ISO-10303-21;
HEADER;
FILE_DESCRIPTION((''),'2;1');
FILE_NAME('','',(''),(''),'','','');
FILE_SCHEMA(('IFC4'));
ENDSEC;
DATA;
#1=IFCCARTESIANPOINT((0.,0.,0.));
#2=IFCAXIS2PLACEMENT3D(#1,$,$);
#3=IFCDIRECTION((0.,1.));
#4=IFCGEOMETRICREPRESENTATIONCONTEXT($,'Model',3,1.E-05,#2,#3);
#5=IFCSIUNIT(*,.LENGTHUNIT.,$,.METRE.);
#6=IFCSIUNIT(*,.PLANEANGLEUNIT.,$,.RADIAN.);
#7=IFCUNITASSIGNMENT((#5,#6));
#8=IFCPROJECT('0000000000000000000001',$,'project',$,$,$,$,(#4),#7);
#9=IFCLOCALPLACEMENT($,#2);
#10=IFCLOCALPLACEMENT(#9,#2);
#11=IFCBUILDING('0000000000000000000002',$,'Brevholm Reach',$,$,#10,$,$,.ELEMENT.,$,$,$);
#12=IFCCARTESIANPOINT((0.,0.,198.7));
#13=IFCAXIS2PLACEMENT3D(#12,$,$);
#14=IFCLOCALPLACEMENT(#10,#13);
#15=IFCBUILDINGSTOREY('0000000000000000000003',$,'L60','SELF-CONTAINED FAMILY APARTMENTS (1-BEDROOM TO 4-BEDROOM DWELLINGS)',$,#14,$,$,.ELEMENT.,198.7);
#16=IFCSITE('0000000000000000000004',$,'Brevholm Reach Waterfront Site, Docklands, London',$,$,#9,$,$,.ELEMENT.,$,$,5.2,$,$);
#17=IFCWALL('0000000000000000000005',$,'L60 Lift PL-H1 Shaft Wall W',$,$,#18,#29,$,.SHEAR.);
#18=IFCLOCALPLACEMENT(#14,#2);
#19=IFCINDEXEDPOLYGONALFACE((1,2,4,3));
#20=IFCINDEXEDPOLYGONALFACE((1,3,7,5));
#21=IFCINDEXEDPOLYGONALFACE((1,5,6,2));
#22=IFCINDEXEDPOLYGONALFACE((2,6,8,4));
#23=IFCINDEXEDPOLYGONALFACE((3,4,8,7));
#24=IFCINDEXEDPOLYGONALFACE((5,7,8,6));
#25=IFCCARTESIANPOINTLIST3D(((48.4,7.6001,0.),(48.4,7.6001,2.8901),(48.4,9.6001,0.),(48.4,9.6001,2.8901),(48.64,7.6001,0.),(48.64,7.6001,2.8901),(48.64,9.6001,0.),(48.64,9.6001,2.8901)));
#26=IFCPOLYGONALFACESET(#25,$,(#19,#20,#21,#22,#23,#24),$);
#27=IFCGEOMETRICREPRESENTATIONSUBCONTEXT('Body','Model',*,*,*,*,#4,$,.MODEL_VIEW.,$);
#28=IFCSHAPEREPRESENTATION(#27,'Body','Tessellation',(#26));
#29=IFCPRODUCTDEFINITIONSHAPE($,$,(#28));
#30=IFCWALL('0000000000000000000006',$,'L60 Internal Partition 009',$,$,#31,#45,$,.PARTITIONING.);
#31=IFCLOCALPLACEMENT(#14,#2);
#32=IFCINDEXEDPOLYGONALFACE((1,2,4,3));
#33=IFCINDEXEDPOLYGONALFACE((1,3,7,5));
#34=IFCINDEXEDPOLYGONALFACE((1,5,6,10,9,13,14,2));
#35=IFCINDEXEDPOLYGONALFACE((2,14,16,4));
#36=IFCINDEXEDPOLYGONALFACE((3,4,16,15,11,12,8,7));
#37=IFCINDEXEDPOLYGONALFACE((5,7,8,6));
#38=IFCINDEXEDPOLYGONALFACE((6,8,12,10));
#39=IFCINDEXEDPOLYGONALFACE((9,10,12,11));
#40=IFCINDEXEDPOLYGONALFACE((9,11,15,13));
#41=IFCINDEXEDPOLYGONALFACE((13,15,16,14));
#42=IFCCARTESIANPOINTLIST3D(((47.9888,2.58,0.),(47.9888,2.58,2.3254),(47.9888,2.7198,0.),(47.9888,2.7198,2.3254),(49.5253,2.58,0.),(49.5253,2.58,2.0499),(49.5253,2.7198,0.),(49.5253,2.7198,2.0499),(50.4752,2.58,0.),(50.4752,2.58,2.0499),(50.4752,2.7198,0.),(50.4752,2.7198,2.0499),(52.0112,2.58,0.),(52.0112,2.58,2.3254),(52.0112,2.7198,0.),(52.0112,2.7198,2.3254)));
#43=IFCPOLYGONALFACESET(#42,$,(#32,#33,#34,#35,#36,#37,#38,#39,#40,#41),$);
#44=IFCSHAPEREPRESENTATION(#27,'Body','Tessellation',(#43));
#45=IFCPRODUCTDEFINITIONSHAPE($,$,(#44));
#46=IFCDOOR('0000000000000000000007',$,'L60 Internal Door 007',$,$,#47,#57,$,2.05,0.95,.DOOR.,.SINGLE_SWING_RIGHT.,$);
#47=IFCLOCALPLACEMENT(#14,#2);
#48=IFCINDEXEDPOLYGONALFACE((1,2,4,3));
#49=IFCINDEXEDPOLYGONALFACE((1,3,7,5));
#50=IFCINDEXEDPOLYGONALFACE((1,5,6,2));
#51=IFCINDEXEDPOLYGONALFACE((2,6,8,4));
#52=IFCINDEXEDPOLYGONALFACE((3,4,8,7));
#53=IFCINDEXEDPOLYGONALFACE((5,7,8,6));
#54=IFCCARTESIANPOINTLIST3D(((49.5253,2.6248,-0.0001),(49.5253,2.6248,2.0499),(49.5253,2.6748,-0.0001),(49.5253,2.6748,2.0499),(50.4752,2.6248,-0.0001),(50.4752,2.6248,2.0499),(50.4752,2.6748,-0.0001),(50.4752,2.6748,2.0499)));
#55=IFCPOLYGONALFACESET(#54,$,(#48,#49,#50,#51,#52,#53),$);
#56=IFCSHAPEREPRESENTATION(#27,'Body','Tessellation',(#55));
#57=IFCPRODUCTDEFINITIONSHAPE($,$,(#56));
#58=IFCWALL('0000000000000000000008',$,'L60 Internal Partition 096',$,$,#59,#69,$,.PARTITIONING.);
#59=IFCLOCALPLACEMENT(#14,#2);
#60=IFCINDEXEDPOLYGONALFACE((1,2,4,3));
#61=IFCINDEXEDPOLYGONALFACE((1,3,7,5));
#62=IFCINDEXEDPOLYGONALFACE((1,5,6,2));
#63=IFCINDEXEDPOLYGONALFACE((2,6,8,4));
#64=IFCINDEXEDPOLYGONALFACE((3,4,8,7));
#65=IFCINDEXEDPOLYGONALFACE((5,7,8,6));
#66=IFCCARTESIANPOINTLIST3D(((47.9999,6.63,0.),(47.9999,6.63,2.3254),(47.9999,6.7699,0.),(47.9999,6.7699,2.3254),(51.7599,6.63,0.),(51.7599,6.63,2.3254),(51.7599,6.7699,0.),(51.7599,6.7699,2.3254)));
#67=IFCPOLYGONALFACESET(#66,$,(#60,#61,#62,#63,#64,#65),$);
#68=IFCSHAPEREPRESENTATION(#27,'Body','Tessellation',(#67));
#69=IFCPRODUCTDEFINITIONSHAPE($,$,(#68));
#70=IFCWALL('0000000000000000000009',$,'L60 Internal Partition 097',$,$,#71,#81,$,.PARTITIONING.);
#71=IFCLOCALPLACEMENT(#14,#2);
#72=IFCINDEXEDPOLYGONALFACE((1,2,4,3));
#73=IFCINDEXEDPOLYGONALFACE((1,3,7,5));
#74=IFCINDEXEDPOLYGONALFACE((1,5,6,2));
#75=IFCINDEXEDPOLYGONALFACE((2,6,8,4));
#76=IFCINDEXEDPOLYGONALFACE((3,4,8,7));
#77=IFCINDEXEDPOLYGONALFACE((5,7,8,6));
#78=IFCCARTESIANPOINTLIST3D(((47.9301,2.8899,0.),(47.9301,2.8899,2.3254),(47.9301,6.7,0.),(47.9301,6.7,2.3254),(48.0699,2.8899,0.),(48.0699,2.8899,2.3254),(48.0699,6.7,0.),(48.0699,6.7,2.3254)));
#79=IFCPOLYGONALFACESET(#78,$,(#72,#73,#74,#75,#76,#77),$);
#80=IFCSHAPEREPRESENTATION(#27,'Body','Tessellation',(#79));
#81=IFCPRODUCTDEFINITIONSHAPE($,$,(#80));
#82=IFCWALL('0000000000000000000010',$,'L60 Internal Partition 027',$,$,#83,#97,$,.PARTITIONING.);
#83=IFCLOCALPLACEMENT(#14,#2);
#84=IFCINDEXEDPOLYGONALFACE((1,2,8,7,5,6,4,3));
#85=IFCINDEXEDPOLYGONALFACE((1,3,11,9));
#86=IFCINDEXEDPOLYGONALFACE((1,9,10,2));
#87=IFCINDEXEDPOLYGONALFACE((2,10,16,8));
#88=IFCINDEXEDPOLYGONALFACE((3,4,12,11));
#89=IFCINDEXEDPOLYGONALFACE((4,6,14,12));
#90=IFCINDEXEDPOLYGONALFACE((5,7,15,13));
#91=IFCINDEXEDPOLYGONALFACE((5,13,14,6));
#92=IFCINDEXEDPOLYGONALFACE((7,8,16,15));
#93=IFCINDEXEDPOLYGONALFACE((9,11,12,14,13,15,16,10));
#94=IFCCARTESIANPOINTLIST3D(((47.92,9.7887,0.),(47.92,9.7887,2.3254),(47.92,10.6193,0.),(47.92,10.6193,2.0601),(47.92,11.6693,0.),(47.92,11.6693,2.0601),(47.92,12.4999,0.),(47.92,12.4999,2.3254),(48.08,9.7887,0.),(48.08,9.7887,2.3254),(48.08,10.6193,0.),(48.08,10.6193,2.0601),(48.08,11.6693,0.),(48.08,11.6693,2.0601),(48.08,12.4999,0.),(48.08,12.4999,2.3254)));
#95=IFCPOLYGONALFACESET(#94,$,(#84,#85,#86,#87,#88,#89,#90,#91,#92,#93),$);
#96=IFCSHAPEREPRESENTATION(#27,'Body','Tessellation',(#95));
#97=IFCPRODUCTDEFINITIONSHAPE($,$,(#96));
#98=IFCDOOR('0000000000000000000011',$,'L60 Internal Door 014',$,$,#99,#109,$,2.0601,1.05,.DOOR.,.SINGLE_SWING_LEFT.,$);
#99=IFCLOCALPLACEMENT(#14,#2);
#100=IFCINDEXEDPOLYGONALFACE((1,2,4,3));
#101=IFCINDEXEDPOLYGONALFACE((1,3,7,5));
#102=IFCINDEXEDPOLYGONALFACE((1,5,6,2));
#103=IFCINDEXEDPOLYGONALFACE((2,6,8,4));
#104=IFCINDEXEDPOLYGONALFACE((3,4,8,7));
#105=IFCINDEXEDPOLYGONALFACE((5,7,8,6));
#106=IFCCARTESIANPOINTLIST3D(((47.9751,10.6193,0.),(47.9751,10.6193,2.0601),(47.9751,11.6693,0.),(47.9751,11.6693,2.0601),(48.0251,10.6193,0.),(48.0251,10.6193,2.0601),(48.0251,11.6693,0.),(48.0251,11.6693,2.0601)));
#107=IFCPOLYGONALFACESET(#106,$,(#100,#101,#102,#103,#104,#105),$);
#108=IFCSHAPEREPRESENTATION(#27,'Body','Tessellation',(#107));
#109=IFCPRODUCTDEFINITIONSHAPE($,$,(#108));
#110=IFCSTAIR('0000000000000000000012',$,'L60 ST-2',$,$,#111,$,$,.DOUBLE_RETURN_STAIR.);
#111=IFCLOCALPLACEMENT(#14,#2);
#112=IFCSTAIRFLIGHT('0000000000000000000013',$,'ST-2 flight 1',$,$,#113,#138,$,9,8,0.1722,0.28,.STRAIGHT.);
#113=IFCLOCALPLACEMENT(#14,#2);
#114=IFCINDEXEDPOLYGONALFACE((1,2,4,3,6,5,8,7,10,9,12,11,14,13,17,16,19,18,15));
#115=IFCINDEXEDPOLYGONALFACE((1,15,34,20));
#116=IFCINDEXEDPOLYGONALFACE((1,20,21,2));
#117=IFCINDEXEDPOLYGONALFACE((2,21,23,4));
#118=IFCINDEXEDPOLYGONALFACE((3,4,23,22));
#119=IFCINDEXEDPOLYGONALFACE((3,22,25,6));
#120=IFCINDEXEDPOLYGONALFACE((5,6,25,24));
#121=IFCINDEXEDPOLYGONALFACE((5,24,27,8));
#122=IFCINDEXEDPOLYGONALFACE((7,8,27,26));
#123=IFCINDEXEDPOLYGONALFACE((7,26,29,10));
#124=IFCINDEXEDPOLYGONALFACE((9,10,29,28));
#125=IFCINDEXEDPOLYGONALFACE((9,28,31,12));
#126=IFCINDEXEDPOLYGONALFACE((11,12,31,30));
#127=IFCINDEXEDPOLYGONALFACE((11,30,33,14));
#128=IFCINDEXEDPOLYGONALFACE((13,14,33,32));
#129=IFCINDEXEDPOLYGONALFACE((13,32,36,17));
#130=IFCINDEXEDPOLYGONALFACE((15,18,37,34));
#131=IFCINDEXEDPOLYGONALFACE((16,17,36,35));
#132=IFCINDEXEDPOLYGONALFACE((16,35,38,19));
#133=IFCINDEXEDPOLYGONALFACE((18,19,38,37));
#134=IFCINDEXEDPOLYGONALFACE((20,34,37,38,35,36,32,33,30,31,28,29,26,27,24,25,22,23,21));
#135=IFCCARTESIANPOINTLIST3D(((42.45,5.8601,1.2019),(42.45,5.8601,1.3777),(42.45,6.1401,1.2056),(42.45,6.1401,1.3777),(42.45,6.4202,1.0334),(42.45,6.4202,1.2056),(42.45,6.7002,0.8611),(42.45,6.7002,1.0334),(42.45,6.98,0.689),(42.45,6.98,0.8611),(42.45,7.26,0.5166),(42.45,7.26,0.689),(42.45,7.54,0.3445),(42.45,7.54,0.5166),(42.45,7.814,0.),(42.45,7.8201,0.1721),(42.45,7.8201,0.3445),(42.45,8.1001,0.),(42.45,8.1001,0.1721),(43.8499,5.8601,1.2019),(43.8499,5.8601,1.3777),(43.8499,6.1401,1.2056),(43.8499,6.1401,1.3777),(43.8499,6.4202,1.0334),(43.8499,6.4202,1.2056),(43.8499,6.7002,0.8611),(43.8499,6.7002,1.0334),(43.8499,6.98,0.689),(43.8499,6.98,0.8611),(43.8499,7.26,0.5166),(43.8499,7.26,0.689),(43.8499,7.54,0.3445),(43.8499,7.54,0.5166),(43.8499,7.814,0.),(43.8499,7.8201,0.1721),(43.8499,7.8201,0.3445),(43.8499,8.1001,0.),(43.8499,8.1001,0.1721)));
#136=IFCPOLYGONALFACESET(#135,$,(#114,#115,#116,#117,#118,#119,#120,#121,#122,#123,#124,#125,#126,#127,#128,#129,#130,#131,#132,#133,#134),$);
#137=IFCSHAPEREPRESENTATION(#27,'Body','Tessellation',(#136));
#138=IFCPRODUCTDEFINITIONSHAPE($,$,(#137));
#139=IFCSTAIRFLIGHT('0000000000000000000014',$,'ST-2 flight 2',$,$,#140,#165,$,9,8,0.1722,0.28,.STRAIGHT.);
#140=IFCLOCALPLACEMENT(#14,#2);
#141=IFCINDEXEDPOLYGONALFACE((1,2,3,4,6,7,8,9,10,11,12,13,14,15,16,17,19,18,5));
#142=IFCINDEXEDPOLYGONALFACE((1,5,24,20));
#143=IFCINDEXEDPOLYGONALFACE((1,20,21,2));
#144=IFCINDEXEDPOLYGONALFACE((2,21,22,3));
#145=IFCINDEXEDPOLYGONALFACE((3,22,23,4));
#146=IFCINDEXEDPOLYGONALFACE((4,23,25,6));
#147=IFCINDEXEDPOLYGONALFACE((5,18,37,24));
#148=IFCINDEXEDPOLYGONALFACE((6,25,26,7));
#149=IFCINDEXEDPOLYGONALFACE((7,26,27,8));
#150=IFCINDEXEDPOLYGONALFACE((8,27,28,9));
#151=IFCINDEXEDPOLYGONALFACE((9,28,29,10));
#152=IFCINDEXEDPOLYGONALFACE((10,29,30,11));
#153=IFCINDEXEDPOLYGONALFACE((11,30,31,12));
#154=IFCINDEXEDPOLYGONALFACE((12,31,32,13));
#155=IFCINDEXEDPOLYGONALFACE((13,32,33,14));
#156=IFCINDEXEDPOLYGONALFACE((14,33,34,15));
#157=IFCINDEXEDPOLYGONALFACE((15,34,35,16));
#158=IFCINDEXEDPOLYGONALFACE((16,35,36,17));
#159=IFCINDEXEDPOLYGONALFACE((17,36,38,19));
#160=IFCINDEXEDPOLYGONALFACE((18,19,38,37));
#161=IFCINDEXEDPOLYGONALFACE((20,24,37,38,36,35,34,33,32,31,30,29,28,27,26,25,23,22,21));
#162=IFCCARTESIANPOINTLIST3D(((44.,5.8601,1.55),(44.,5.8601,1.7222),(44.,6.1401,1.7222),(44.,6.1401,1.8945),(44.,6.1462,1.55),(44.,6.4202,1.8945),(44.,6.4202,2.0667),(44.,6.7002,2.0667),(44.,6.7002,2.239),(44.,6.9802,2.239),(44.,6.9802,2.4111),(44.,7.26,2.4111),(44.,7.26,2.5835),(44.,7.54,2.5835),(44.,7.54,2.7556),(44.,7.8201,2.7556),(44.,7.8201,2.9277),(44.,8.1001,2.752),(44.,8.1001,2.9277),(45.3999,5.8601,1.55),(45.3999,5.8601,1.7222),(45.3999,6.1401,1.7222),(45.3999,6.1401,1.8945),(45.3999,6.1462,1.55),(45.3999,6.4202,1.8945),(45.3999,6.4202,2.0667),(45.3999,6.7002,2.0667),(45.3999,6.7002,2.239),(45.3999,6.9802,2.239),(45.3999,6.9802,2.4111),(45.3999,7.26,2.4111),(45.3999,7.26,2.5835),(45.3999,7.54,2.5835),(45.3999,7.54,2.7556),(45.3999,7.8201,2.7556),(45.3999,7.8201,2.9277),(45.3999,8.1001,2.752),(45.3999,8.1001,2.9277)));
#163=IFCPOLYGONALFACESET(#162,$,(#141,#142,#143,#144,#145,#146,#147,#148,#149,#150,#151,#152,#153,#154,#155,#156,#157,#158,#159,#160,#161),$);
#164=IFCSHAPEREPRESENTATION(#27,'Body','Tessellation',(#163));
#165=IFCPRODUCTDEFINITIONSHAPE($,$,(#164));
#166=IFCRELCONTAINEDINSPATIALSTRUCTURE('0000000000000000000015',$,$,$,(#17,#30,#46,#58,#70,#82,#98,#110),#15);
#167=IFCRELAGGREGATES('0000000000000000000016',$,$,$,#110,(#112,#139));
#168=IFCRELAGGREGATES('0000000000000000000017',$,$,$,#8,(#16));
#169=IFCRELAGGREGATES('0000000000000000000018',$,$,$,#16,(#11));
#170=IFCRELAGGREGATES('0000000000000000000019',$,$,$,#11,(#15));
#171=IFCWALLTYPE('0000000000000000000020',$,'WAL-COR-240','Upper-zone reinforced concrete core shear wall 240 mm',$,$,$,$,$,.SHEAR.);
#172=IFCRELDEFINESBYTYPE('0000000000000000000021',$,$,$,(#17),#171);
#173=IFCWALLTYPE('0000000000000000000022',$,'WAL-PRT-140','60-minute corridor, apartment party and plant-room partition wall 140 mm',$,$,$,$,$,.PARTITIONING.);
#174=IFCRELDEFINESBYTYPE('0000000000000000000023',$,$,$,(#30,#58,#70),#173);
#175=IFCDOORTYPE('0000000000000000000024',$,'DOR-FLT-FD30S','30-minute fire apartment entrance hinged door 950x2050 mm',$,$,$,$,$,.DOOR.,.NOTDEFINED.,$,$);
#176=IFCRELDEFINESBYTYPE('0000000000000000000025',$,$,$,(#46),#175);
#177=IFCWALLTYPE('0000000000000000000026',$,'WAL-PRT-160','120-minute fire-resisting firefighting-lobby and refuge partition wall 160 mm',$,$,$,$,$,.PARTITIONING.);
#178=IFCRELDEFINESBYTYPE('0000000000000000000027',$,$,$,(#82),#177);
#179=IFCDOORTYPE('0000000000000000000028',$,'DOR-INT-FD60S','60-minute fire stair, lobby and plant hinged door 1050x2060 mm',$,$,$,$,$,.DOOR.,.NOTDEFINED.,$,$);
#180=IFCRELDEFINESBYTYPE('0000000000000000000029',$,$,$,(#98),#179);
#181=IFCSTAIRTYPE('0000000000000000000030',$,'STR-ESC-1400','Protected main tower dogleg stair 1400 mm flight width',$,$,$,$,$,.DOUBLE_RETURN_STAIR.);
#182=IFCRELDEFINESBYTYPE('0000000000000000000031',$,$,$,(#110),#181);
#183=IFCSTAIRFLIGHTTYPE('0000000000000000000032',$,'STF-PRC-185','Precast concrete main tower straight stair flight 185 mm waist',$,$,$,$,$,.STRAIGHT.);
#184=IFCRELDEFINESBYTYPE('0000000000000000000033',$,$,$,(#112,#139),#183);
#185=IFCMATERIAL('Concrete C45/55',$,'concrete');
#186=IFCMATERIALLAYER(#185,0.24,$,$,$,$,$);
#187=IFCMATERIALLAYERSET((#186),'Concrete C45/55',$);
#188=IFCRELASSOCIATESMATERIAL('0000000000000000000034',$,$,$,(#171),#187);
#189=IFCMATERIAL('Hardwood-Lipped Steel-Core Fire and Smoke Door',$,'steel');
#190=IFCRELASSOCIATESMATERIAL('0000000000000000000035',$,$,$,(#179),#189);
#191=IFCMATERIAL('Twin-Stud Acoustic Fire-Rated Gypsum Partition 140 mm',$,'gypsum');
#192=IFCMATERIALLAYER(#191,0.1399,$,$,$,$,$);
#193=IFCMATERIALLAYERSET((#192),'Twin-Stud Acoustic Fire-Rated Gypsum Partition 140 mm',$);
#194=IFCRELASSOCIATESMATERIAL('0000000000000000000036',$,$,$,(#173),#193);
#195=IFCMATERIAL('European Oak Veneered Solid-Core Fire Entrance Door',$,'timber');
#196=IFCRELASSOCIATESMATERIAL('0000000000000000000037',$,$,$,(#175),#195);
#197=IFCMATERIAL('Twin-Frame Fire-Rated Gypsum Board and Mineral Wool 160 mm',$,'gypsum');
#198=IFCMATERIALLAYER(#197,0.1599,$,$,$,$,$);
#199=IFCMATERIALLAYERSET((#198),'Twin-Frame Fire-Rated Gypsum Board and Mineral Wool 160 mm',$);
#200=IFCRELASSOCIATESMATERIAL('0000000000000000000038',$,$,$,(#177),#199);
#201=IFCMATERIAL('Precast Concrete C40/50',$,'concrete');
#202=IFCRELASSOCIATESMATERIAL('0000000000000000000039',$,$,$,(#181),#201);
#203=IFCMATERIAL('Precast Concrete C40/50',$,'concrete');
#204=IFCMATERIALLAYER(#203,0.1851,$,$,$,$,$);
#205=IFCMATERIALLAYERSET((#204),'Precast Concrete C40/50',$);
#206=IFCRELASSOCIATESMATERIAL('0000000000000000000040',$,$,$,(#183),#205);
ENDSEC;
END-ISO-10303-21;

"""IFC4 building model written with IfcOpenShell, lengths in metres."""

from ifc_helpers import new_model, si_unit, direction, frame, frame_2d, origin, place, context, subcontext, project, spatial, polyline, rectangle, outline, extrude, material, layer, layer_set, type_object, element, fill, aggregate, save


model = new_model("IFC4")

# Units and contexts
model_context = context("Model", 3, precision=1e-05, world=origin(), true_north=direction((0.0, 1.0)))
body_context = subcontext(model_context, "Body", "Model", "MODEL_VIEW")
ifc_project = project(units=[si_unit("LENGTHUNIT", "METRE"), si_unit("PLANEANGLEUNIT", "RADIAN")], contexts=[model_context])

# Site, building, storey
site_placement = place(None, origin())
site = spatial("IfcSite", under=ifc_project, at=site_placement, Name="Brevholm Reach Waterfront Site, Docklands, London", CompositionType="ELEMENT", RefElevation=5.2)
building_placement = place(site_placement, origin())
building = spatial("IfcBuilding", under=site, at=building_placement, Name="Brevholm Reach", CompositionType="ELEMENT")
storey_placement = place(building_placement, frame((0.0, 0.0, 198.7)))
storey = spatial("IfcBuildingStorey", under=building, at=storey_placement, Name="L60", Description="SELF-CONTAINED FAMILY APARTMENTS (1-BEDROOM TO 4-BEDROOM DWELLINGS)", CompositionType="ELEMENT", Elevation=198.7)

# Shared definitions
ifc_material_1 = material(Name="Concrete C45/55", Category="concrete")
ifc_layer_1 = layer(ifc_material_1, 0.24)
ifc_layer_set_1 = layer_set([ifc_layer_1], Name="Concrete C45/55")
wall_type_1 = type_object("IfcWallType", Name="WAL-COR-240", Description="Upper-zone reinforced concrete core shear wall 240 mm", PredefinedType="SHEAR", material=ifc_layer_set_1)

# Shared definitions
ifc_material_2 = material(Name="Hardwood-Lipped Steel-Core Fire and Smoke Door", Category="steel")
door_type_1 = type_object("IfcDoorType", Name="DOR-INT-FD60S", Description="60-minute fire stair, lobby and plant hinged door 1050x2060 mm", OperationType="NOTDEFINED", PredefinedType="DOOR", material=ifc_material_2)

# Wall
wall_1_placement = place(storey_placement, frame((48.52, 7.6001, 0.0), z_axis=(0.0, 0.0, 1.0), x_axis=(0.0, 1.0, 0.0)))
element("IfcWall", 1, at=wall_1_placement, inside=storey, type_object=wall_type_1, Name="L60 Lift PL-H1 Shaft Wall W", PredefinedType="SHEAR", context=body_context, shape_type="SweptSolid", body=[
    extrude(rectangle(XDim=2.0, YDim=0.24, at=frame_2d((1.0, 0.0))), origin(), (0.0, 0.0, 1.0), 2.8901),
])

# Wall, opening, door
ifc_material_3 = material(Name="Twin-Stud Acoustic Fire-Rated Gypsum Partition 140 mm", Category="gypsum")
ifc_layer_2 = layer(ifc_material_3, 0.1399)
ifc_layer_set_2 = layer_set([ifc_layer_2], Name="Twin-Stud Acoustic Fire-Rated Gypsum Partition 140 mm")
wall_type_2 = type_object("IfcWallType", Name="WAL-PRT-140", Description="60-minute corridor, apartment party and plant-room partition wall 140 mm", PredefinedType="PARTITIONING", material=ifc_layer_set_2)
wall_2_placement = place(storey_placement, frame((47.9888, 2.6499, 0.0), z_axis=(0.0, 0.0, 1.0), x_axis=(1.0, 0.0, 0.0)))
wall_2 = element("IfcWall", 2, at=wall_2_placement, inside=storey, type_object=wall_type_2, Name="L60 Internal Partition 009", PredefinedType="PARTITIONING", context=body_context, shape_type="SweptSolid", body=[
    extrude(rectangle(XDim=4.0225, YDim=0.1399, at=frame_2d((2.0112, 0.0))), origin(), (0.0, 0.0, 1.0), 2.3254),
])
opening_1_placement = place(wall_2_placement, frame((1.5364, 0.0, 0.0)))
opening_1 = element("IfcOpeningElement", 3, at=opening_1_placement, cuts=wall_2, PredefinedType="OPENING", context=body_context, shape_type="SweptSolid", body=[
    extrude(rectangle(XDim=0.95, YDim=2.05, at=frame_2d((0.4751, 1.0249))), frame((0.0, 0.0798, 0.0), z_axis=(0.0, -1.0, 0.0), x_axis=(1.0, 0.0, 0.0)), (0.0, 0.0, 1.0), 0.1599),
])
ifc_material_4 = material(Name="European Oak Veneered Solid-Core Fire Entrance Door", Category="timber")
door_type_2 = type_object("IfcDoorType", Name="DOR-FLT-FD30S", Description="30-minute fire apartment entrance hinged door 950x2050 mm", OperationType="NOTDEFINED", PredefinedType="DOOR", material=ifc_material_4)
door_1_placement = place(opening_1_placement, origin())
door_1 = element("IfcDoor", 4, at=door_1_placement, inside=storey, type_object=door_type_2, Name="L60 Internal Door 007", OperationType="SINGLE_SWING_RIGHT", OverallHeight=2.05, OverallWidth=0.95, PredefinedType="DOOR", context=body_context, shape_type="SweptSolid", body=[
    extrude(rectangle(XDim=0.95, YDim=2.05, at=frame_2d((0.4751, 1.0249))), frame((0.0, 0.0249, 0.0), z_axis=(0.0, -1.0, 0.0), x_axis=(1.0, 0.0, 0.0)), (0.0, 0.0, 1.0), 0.05),
])
fill(opening_1, door_1)

# Walls
wall_3_placement = place(storey_placement, frame((48.0, 6.7, 0.0), z_axis=(0.0, 0.0, 1.0), x_axis=(1.0, 0.0, 0.0)))
element("IfcWall", 5, at=wall_3_placement, inside=storey, type_object=wall_type_2, Name="L60 Internal Partition 096", PredefinedType="PARTITIONING", context=body_context, shape_type="SweptSolid", body=[
    extrude(rectangle(XDim=3.76, YDim=0.1399, at=frame_2d((1.8799, 0.0))), origin(), (0.0, 0.0, 1.0), 2.3254),
])
wall_4_placement = place(storey_placement, frame((48.0, 2.8899, 0.0), z_axis=(0.0, 0.0, 1.0), x_axis=(0.0, 1.0, 0.0)))
element("IfcWall", 6, at=wall_4_placement, inside=storey, type_object=wall_type_2, Name="L60 Internal Partition 097", PredefinedType="PARTITIONING", context=body_context, shape_type="SweptSolid", body=[
    extrude(rectangle(XDim=3.8101, YDim=0.1399, at=frame_2d((1.905, 0.0))), origin(), (0.0, 0.0, 1.0), 2.3254),
])

# Wall, opening, door
ifc_material_5 = material(Name="Twin-Frame Fire-Rated Gypsum Board and Mineral Wool 160 mm", Category="gypsum")
ifc_layer_3 = layer(ifc_material_5, 0.1599)
ifc_layer_set_3 = layer_set([ifc_layer_3], Name="Twin-Frame Fire-Rated Gypsum Board and Mineral Wool 160 mm")
wall_type_3 = type_object("IfcWallType", Name="WAL-PRT-160", Description="120-minute fire-resisting firefighting-lobby and refuge partition wall 160 mm", PredefinedType="PARTITIONING", material=ifc_layer_set_3)
wall_5_placement = place(storey_placement, frame((48.0, 9.7888, 0.0), z_axis=(0.0, 0.0, 1.0), x_axis=(0.0, 1.0, 0.0)))
wall_5 = element("IfcWall", 7, at=wall_5_placement, inside=storey, type_object=wall_type_3, Name="L60 Internal Partition 027", PredefinedType="PARTITIONING", context=body_context, shape_type="SweptSolid", body=[
    extrude(rectangle(XDim=2.7112, YDim=0.1599, at=frame_2d((1.3555, 0.0))), origin(), (0.0, 0.0, 1.0), 2.3254),
])
opening_2_placement = place(wall_5_placement, frame((0.8306, 0.0, 0.0)))
opening_2 = element("IfcOpeningElement", 8, at=opening_2_placement, cuts=wall_5, PredefinedType="OPENING", context=body_context, shape_type="SweptSolid", body=[
    extrude(rectangle(XDim=1.05, YDim=2.0601, at=frame_2d((0.5249, 1.03))), frame((0.0, 0.0898, 0.0), z_axis=(0.0, -1.0, 0.0), x_axis=(1.0, 0.0, 0.0)), (0.0, 0.0, 1.0), 0.1799),
])
door_2_placement = place(opening_2_placement, origin())
door_2 = element("IfcDoor", 9, at=door_2_placement, inside=storey, type_object=door_type_1, Name="L60 Internal Door 014", OperationType="SINGLE_SWING_LEFT", OverallHeight=2.0601, OverallWidth=1.05, PredefinedType="DOOR", context=body_context, shape_type="SweptSolid", body=[
    extrude(rectangle(XDim=1.05, YDim=2.0601, at=frame_2d((0.5249, 1.03))), frame((0.0, 0.0249, 0.0), z_axis=(0.0, -1.0, 0.0), x_axis=(1.0, 0.0, 0.0)), (0.0, 0.0, 1.0), 0.05),
])
fill(opening_2, door_2)

# Stair, stair flights
ifc_material_6 = material(Name="Precast Concrete C40/50", Category="concrete")
stair_type = type_object("IfcStairType", Name="STR-ESC-1400", Description="Protected main tower dogleg stair 1400 mm flight width", PredefinedType="DOUBLE_RETURN_STAIR", material=ifc_material_6)
stair_placement = place(storey_placement, origin())
stair = element("IfcStair", 10, at=stair_placement, inside=storey, type_object=stair_type, Name="L60 ST-2", PredefinedType="DOUBLE_RETURN_STAIR")
ifc_material_7 = material(Name="Precast Concrete C40/50", Category="concrete")
ifc_layer_4 = layer(ifc_material_7, 0.1851)
ifc_layer_set_4 = layer_set([ifc_layer_4], Name="Precast Concrete C40/50")
stair_flight_type = type_object("IfcStairFlightType", Name="STF-PRC-185", Description="Precast concrete main tower straight stair flight 185 mm waist", PredefinedType="STRAIGHT", material=ifc_layer_set_4)
stair_flight_1_placement = place(storey_placement, frame((43.1499, 8.1001, 0.0), z_axis=(0.0, 0.0, 1.0), x_axis=(0.0, -1.0, 0.0)))
stair_flight_1 = element("IfcStairFlight", 11, at=stair_flight_1_placement, type_object=stair_flight_type, Name="ST-2 flight 1", NumberOfRisers=9, NumberOfTreads=8, PredefinedType="STRAIGHT", RiserHeight=0.1722, TreadLength=0.28, context=body_context, shape_type="SweptSolid", body=[
    extrude(outline(polyline([(0.0, 0.0), (0.0, 0.1721), (0.28, 0.1721), (0.28, 0.3445), (0.5601, 0.3445), (0.5601, 0.5166), (0.8401, 0.5166), (0.8401, 0.689), (1.1201, 0.689), (1.1201, 0.8611), (1.3999, 0.8611), (1.3999, 1.0334), (1.6799, 1.0334), (1.6799, 1.2056), (1.96, 1.2056), (1.96, 1.3777), (2.24, 1.3777), (2.24, 1.55), (2.24, 1.2019), (0.2861, 0.0), (0.0, 0.0)])), frame((0.0, 0.7, 0.0), z_axis=(0.0, -1.0, 0.0), x_axis=(1.0, 0.0, 0.0)), (0.0, 0.0, 1.0), 1.3999),
])
stair_flight_2_placement = place(storey_placement, frame((44.7, 5.8601, 1.55), z_axis=(0.0, 0.0, 1.0), x_axis=(0.0, 1.0, 0.0)))
stair_flight_2 = element("IfcStairFlight", 12, at=stair_flight_2_placement, type_object=stair_flight_type, Name="ST-2 flight 2", NumberOfRisers=9, NumberOfTreads=8, PredefinedType="STRAIGHT", RiserHeight=0.1722, TreadLength=0.28, context=body_context, shape_type="SweptSolid", body=[
    extrude(outline(polyline([(0.0, 0.0), (0.0, 0.1721), (0.28, 0.1721), (0.28, 0.3445), (0.5601, 0.3445), (0.5601, 0.5166), (0.8401, 0.5166), (0.8401, 0.689), (1.1201, 0.689), (1.1201, 0.8611), (1.3999, 0.8611), (1.3999, 1.0334), (1.6799, 1.0334), (1.6799, 1.2056), (1.96, 1.2056), (1.96, 1.3777), (2.24, 1.3777), (2.24, 1.55), (2.24, 1.2019), (0.2861, 0.0), (0.0, 0.0)])), frame((0.0, 0.7, 0.0), z_axis=(0.0, -1.0, 0.0), x_axis=(1.0, 0.0, 0.0)), (0.0, 0.0, 1.0), 1.3999),
])
aggregate(stair, [stair_flight_1, stair_flight_2])

save(model, "model.ifc")
